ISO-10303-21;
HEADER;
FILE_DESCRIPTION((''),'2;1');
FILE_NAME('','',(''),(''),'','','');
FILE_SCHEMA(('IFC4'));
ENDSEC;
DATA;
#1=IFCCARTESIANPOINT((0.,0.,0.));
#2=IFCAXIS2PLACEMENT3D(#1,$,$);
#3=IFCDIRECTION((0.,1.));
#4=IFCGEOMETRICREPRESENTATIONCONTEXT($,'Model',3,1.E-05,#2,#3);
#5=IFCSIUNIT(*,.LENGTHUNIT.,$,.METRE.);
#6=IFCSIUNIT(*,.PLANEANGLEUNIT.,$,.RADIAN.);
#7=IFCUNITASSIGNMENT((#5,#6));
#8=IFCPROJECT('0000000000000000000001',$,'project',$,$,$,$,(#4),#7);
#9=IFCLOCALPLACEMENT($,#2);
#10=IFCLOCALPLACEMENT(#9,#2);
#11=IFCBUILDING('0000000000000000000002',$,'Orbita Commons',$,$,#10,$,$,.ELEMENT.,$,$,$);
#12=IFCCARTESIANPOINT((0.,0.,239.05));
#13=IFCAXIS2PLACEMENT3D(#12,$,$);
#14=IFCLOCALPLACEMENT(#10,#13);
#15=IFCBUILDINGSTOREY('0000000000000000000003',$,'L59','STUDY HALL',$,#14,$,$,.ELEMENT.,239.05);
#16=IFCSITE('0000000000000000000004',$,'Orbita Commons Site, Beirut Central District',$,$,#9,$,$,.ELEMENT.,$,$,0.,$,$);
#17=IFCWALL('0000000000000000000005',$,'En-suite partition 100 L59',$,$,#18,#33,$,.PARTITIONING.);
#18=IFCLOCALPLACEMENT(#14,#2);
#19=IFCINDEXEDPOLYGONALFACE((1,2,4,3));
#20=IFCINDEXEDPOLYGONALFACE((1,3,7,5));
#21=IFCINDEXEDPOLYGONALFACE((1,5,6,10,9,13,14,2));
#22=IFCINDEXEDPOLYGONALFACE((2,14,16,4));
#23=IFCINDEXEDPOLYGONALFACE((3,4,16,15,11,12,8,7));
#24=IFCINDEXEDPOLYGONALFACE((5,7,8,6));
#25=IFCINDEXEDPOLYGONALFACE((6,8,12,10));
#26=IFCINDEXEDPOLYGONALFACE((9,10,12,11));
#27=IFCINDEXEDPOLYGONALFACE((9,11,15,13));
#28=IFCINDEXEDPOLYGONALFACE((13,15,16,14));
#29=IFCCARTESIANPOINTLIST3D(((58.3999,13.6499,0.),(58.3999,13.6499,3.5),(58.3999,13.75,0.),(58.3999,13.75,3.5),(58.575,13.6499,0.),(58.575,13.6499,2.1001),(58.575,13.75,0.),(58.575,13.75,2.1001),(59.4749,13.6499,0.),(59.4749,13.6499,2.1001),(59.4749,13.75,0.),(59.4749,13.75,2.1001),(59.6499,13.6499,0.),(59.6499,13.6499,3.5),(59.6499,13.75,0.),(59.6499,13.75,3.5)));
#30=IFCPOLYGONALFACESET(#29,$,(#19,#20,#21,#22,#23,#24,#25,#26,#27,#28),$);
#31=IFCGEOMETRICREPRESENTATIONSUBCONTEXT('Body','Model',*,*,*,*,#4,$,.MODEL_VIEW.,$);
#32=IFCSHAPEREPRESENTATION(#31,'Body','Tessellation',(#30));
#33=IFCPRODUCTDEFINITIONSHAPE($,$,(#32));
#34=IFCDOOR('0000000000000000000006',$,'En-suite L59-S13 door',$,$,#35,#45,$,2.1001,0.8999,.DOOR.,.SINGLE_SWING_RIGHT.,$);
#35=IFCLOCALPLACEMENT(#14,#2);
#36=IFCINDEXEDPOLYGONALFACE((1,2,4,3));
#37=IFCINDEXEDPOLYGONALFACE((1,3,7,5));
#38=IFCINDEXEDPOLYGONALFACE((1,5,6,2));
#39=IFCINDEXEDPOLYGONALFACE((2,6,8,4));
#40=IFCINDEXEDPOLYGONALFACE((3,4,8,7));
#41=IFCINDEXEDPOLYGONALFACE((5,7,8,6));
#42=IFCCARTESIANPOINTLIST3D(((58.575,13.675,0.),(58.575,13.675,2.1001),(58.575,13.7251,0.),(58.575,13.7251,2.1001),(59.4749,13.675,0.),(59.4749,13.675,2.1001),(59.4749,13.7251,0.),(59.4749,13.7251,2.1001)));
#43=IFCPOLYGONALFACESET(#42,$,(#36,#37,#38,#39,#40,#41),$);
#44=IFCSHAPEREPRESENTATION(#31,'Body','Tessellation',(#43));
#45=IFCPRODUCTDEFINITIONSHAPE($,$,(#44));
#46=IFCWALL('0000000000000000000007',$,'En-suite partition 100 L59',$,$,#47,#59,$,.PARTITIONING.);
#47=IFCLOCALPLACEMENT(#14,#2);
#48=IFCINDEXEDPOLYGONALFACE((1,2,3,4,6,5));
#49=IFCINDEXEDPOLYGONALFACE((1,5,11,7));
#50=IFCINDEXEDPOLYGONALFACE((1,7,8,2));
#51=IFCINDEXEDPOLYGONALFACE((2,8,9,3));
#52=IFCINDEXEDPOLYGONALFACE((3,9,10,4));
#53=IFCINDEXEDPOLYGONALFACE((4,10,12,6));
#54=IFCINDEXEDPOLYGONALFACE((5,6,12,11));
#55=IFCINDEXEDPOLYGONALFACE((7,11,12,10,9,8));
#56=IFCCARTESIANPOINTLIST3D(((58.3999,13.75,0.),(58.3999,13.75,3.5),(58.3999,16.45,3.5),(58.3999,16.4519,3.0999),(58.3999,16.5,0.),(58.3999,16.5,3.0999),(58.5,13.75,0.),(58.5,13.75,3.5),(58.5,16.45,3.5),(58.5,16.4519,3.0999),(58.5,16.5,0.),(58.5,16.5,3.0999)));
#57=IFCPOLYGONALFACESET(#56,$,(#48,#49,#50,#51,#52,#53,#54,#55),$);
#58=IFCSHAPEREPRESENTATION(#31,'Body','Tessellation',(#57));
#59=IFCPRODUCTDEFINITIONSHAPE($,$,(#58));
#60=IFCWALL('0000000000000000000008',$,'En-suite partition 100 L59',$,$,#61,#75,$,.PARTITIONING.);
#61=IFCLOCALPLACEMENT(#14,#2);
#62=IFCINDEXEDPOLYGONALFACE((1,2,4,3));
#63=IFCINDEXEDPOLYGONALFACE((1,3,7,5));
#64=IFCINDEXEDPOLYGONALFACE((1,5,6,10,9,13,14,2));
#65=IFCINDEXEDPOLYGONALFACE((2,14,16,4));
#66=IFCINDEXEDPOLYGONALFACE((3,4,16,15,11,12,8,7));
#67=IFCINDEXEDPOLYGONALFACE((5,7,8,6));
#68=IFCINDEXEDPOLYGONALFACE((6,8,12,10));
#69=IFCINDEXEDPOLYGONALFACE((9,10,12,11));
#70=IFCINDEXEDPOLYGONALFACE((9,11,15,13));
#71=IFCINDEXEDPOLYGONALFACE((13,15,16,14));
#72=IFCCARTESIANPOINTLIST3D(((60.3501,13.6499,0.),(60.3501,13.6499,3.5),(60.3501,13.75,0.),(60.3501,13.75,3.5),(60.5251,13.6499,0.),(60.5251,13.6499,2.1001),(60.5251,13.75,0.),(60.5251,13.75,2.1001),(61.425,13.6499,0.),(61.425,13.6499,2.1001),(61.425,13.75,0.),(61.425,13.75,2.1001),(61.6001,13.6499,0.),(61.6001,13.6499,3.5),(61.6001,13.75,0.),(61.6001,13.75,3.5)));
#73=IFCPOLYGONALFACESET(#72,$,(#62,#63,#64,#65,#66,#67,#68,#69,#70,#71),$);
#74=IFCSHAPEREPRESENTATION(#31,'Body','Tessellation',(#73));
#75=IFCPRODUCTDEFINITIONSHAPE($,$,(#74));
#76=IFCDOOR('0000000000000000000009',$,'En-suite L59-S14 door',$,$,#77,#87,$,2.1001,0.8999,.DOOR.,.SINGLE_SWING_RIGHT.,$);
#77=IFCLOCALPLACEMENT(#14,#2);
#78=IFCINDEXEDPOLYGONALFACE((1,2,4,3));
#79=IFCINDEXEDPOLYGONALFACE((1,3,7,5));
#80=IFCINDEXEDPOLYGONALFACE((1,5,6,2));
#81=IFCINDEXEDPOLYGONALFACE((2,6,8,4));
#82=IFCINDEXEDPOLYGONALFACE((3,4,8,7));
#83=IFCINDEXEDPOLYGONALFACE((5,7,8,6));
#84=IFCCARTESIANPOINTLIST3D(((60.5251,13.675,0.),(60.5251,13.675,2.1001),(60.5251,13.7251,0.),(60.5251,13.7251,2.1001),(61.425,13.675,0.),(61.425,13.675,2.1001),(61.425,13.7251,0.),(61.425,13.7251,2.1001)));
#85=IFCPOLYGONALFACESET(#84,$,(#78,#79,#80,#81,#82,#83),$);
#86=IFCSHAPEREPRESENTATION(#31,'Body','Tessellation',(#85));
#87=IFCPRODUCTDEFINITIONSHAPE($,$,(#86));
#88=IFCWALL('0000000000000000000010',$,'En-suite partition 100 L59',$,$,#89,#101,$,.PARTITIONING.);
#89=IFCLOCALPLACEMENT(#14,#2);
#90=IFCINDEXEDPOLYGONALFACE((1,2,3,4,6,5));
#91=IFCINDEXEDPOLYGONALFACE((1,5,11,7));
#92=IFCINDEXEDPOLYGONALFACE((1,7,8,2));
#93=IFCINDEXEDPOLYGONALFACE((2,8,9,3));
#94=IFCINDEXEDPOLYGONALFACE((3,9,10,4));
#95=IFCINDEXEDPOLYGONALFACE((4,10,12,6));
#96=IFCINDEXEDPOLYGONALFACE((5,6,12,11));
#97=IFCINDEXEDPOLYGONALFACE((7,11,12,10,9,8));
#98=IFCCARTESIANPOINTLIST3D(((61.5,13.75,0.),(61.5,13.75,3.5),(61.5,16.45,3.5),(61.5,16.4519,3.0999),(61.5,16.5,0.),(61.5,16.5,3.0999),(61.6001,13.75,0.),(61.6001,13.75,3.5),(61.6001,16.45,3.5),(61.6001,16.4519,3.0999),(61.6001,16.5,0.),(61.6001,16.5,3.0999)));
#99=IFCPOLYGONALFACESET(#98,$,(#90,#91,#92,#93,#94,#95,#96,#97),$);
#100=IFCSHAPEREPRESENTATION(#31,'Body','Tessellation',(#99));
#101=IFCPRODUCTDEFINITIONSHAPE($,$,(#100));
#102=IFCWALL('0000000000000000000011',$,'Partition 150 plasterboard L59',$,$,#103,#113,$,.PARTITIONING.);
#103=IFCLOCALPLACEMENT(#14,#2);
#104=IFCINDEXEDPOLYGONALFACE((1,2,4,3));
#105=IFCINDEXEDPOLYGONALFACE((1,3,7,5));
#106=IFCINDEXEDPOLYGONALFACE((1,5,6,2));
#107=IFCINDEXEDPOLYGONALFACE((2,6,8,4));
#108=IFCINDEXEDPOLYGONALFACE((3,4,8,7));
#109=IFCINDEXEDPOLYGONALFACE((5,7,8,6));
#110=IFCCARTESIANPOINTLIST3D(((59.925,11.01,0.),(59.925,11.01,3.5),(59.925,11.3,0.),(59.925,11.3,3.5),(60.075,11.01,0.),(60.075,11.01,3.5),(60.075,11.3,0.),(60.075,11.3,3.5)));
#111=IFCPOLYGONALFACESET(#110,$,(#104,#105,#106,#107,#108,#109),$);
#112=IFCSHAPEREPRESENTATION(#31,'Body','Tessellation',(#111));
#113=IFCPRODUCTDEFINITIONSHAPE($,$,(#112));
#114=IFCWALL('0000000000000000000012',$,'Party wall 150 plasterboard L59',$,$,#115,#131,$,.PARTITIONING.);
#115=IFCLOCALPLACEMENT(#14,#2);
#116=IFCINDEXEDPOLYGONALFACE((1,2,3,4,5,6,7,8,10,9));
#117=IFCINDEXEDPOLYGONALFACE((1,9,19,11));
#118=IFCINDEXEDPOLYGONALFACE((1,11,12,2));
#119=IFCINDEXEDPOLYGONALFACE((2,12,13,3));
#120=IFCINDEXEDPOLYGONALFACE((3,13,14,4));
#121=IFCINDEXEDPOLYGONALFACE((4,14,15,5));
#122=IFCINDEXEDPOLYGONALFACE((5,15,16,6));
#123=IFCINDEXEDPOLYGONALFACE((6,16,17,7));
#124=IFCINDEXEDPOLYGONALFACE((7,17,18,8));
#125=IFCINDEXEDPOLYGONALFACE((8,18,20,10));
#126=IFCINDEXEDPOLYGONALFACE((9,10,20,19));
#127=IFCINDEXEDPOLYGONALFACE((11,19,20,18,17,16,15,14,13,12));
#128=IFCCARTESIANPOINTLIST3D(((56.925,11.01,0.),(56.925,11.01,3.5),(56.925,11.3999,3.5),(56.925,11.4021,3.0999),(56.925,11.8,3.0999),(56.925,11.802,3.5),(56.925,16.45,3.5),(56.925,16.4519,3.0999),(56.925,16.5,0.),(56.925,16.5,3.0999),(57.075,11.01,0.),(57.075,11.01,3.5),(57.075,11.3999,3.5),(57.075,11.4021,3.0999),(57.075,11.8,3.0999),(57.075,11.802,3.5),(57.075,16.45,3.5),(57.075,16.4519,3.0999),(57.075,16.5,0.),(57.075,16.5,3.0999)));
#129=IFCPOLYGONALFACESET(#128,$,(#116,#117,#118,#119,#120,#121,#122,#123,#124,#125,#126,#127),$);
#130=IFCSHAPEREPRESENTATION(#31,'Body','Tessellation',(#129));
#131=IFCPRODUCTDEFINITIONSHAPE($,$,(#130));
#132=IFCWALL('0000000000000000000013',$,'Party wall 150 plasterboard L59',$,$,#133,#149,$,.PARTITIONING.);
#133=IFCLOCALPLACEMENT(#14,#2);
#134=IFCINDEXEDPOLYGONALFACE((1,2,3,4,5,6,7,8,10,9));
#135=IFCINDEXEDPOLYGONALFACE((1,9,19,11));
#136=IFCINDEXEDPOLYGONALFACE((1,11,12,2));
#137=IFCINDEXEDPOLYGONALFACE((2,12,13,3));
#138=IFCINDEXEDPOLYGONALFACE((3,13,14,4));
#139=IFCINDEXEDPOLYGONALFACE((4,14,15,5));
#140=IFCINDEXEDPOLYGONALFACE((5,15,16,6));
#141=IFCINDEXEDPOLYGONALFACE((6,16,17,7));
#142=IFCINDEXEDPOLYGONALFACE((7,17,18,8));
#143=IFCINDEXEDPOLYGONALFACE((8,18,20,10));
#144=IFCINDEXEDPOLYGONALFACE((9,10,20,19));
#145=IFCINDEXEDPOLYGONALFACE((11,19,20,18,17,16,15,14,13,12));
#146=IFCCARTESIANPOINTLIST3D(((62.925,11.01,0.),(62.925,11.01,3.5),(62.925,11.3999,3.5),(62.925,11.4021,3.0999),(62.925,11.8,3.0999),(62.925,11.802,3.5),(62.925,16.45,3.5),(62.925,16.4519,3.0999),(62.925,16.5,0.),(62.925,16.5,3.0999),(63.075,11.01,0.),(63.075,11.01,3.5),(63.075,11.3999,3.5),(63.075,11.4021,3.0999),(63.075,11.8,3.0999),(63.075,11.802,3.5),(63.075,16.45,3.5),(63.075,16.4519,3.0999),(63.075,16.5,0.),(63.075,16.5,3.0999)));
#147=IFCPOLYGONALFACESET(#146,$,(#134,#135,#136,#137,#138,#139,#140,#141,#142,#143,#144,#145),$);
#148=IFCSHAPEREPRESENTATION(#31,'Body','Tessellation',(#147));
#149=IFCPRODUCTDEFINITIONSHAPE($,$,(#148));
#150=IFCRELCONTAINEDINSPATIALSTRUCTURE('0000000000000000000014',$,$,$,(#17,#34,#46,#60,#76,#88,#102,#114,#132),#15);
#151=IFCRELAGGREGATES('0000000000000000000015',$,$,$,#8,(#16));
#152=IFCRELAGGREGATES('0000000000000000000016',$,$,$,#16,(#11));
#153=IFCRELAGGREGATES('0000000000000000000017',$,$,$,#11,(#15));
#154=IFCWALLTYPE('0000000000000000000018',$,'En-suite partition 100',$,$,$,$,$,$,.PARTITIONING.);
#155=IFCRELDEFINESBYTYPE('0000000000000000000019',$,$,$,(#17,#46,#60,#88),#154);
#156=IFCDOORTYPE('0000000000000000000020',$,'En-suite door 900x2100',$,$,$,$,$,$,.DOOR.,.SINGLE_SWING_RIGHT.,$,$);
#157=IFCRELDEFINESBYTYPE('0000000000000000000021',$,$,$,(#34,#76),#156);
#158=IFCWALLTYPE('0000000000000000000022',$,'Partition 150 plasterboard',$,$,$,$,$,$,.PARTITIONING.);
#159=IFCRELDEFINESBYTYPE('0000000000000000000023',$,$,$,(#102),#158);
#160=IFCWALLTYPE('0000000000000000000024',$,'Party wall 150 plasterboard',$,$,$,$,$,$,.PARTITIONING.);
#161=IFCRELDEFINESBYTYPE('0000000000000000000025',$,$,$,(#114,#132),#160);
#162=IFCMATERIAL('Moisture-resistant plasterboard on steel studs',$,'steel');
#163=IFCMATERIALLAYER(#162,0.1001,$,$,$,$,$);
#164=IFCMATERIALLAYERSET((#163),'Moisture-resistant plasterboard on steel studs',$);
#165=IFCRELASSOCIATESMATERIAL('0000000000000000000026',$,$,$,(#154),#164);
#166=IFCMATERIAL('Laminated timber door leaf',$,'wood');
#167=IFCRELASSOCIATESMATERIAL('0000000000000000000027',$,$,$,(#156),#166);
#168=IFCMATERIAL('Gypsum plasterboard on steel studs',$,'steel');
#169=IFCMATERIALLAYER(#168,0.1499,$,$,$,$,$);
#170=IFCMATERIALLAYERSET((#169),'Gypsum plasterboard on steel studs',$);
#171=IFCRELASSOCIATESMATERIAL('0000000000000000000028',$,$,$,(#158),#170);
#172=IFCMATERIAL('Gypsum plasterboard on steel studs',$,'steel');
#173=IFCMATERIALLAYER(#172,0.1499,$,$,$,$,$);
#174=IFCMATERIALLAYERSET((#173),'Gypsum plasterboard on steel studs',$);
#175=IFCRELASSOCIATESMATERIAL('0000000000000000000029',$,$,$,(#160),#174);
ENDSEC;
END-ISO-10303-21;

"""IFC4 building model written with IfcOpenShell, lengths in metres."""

from ifc_helpers import new_model, si_unit, direction, frame, frame_2d, origin, place, context, subcontext, project, spatial, polyline, rectangle, outline, extrude, material, layer, layer_set, type_object, element, fill, save


model = new_model("IFC4")

# Units and contexts
model_context = context("Model", 3, precision=1e-05, world=origin(), true_north=direction((0.0, 1.0)))
body_context = subcontext(model_context, "Body", "Model", "MODEL_VIEW")
ifc_project = project(units=[si_unit("LENGTHUNIT", "METRE"), si_unit("PLANEANGLEUNIT", "RADIAN")], contexts=[model_context])

# Site, building, storey
site_placement = place(None, origin())
site = spatial("IfcSite", under=ifc_project, at=site_placement, Name="Orbita Commons Site, Beirut Central District", CompositionType="ELEMENT", RefElevation=0.0)
building_placement = place(site_placement, origin())
building = spatial("IfcBuilding", under=site, at=building_placement, Name="Orbita Commons", CompositionType="ELEMENT")
storey_placement = place(building_placement, frame((0.0, 0.0, 239.05)))
storey = spatial("IfcBuildingStorey", under=building, at=storey_placement, Name="L59", Description="STUDY HALL", CompositionType="ELEMENT", Elevation=239.05)

# Wall, opening, door
ifc_material_1 = material(Name="Moisture-resistant plasterboard on steel studs", Category="steel")
ifc_layer_1 = layer(ifc_material_1, 0.1001)
ifc_layer_set_1 = layer_set([ifc_layer_1], Name="Moisture-resistant plasterboard on steel studs")
wall_type_1 = type_object("IfcWallType", Name="En-suite partition 100", PredefinedType="PARTITIONING", material=ifc_layer_set_1)
wall_1_placement = place(storey_placement, frame((59.6499, 13.7, 0.0), z_axis=(0.0, 0.0, 1.0), x_axis=(-1.0, 0.0, 0.0)))
wall_1 = element("IfcWall", 1, at=wall_1_placement, inside=storey, type_object=wall_type_1, Name="En-suite partition 100 L59", PredefinedType="PARTITIONING", context=body_context, shape_type="SweptSolid", body=[
    extrude(rectangle(XDim=1.25, YDim=0.1001, at=frame_2d((0.625, 0.0))), origin(), (0.0, 0.0, 1.0), 3.5),
])
opening_1_placement = place(wall_1_placement, frame((0.175, 0.0, 0.0)))
opening_1 = element("IfcOpeningElement", 2, at=opening_1_placement, cuts=wall_1, PredefinedType="OPENING", context=body_context, shape_type="SweptSolid", body=[
    extrude(rectangle(XDim=0.8999, YDim=2.1001, at=frame_2d((0.45, 1.05))), frame((0.0, 0.0601, 0.0), z_axis=(0.0, -1.0, 0.0), x_axis=(1.0, 0.0, 0.0)), (0.0, 0.0, 1.0), 0.1201),
])
ifc_material_2 = material(Name="Laminated timber door leaf", Category="wood")
door_type_1 = type_object("IfcDoorType", Name="En-suite door 900x2100", OperationType="SINGLE_SWING_RIGHT", PredefinedType="DOOR", material=ifc_material_2)
door_1_placement = place(opening_1_placement, origin())
door_1 = element("IfcDoor", 3, at=door_1_placement, inside=storey, type_object=door_type_1, Name="En-suite L59-S13 door", OperationType="SINGLE_SWING_RIGHT", OverallHeight=2.1001, OverallWidth=0.8999, PredefinedType="DOOR", context=body_context, shape_type="SweptSolid", body=[
    extrude(rectangle(XDim=0.8999, YDim=2.1001, at=frame_2d((0.45, 1.05))), frame((0.0, 0.0249, 0.0), z_axis=(0.0, -1.0, 0.0), x_axis=(1.0, 0.0, 0.0)), (0.0, 0.0, 1.0), 0.05),
])
fill(opening_1, door_1)

# Wall
wall_2_placement = place(storey_placement, frame((58.45, 13.75, 0.0), z_axis=(0.0, 0.0, 1.0), x_axis=(0.0, 1.0, 0.0)))
element("IfcWall", 4, at=wall_2_placement, inside=storey, type_object=wall_type_1, Name="En-suite partition 100 L59", PredefinedType="PARTITIONING", context=body_context, shape_type="SweptSolid", body=[
    extrude(outline(polyline([(0.0, 0.0), (2.75, 0.0), (2.75, 3.0999), (2.7019, 3.0999), (2.7, 3.5), (0.0, 3.5), (0.0, 0.0)])), frame((0.0, 0.05, 0.0), z_axis=(0.0, -1.0, 0.0), x_axis=(1.0, 0.0, 0.0)), (0.0, 0.0, 1.0), 0.1001),
])

# Wall, opening, door
wall_3_placement = place(storey_placement, frame((61.6001, 13.7, 0.0), z_axis=(0.0, 0.0, 1.0), x_axis=(-1.0, 0.0, 0.0)))
wall_3 = element("IfcWall", 5, at=wall_3_placement, inside=storey, type_object=wall_type_1, Name="En-suite partition 100 L59", PredefinedType="PARTITIONING", context=body_context, shape_type="SweptSolid", body=[
    extrude(rectangle(XDim=1.25, YDim=0.1001, at=frame_2d((0.625, 0.0))), origin(), (0.0, 0.0, 1.0), 3.5),
])
opening_2_placement = place(wall_3_placement, frame((0.175, 0.0, 0.0)))
opening_2 = element("IfcOpeningElement", 6, at=opening_2_placement, cuts=wall_3, PredefinedType="OPENING", context=body_context, shape_type="SweptSolid", body=[
    extrude(rectangle(XDim=0.8999, YDim=2.1001, at=frame_2d((0.45, 1.05))), frame((0.0, 0.0601, 0.0), z_axis=(0.0, -1.0, 0.0), x_axis=(1.0, 0.0, 0.0)), (0.0, 0.0, 1.0), 0.1201),
])
door_2_placement = place(opening_2_placement, origin())
door_2 = element("IfcDoor", 7, at=door_2_placement, inside=storey, type_object=door_type_1, Name="En-suite L59-S14 door", OperationType="SINGLE_SWING_RIGHT", OverallHeight=2.1001, OverallWidth=0.8999, PredefinedType="DOOR", context=body_context, shape_type="SweptSolid", body=[
    extrude(rectangle(XDim=0.8999, YDim=2.1001, at=frame_2d((0.45, 1.05))), frame((0.0, 0.0249, 0.0), z_axis=(0.0, -1.0, 0.0), x_axis=(1.0, 0.0, 0.0)), (0.0, 0.0, 1.0), 0.05),
])
fill(opening_2, door_2)

# Walls
wall_4_placement = place(storey_placement, frame((61.55, 13.75, 0.0), z_axis=(0.0, 0.0, 1.0), x_axis=(0.0, 1.0, 0.0)))
element("IfcWall", 8, at=wall_4_placement, inside=storey, type_object=wall_type_1, Name="En-suite partition 100 L59", PredefinedType="PARTITIONING", context=body_context, shape_type="SweptSolid", body=[
    extrude(outline(polyline([(0.0, 0.0), (2.75, 0.0), (2.75, 3.0999), (2.7019, 3.0999), (2.7, 3.5), (0.0, 3.5), (0.0, 0.0)])), frame((0.0, 0.05, 0.0), z_axis=(0.0, -1.0, 0.0), x_axis=(1.0, 0.0, 0.0)), (0.0, 0.0, 1.0), 0.1001),
])
ifc_material_3 = material(Name="Gypsum plasterboard on steel studs", Category="steel")
ifc_layer_2 = layer(ifc_material_3, 0.1499)
ifc_layer_set_2 = layer_set([ifc_layer_2], Name="Gypsum plasterboard on steel studs")
wall_type_2 = type_object("IfcWallType", Name="Partition 150 plasterboard", PredefinedType="PARTITIONING", material=ifc_layer_set_2)
wall_5_placement = place(storey_placement, frame((60.0, 11.3, 0.0), z_axis=(0.0, 0.0, 1.0), x_axis=(0.0, -1.0, 0.0)))
element("IfcWall", 9, at=wall_5_placement, inside=storey, type_object=wall_type_2, Name="Partition 150 plasterboard L59", PredefinedType="PARTITIONING", context=body_context, shape_type="SweptSolid", body=[
    extrude(rectangle(XDim=0.29, YDim=0.1499, at=frame_2d((0.145, 0.0))), origin(), (0.0, 0.0, 1.0), 3.5),
])
ifc_material_4 = material(Name="Gypsum plasterboard on steel studs", Category="steel")
ifc_layer_3 = layer(ifc_material_4, 0.1499)
ifc_layer_set_3 = layer_set([ifc_layer_3], Name="Gypsum plasterboard on steel studs")
wall_type_3 = type_object("IfcWallType", Name="Party wall 150 plasterboard", PredefinedType="PARTITIONING", material=ifc_layer_set_3)
for number, where, z_axis, x_axis, name in (
    (10, (57.0, 11.01, 0.0), (0.0, 0.0, 1.0), (0.0, 1.0, 0.0), "Party wall 150 plasterboard L59"),
    (11, (63.0, 11.01, 0.0), (0.0, 0.0, 1.0), (0.0, 1.0, 0.0), "Party wall 150 plasterboard L59"),
):
    element("IfcWall", number, at=place(storey_placement, frame(where, z_axis=z_axis, x_axis=x_axis)), inside=storey, type_object=wall_type_3, Name=name, PredefinedType="PARTITIONING", context=body_context, shape_type="SweptSolid", body=[
        extrude(outline(polyline([(0.0, 0.0), (5.49, 0.0), (5.49, 3.0999), (5.4419, 3.0999), (5.4399, 3.5), (0.792, 3.5), (0.79, 3.0999), (0.3921, 3.0999), (0.3899, 3.5), (0.0, 3.5), (0.0, 0.0)])), frame((0.0, 0.075, 0.0), z_axis=(0.0, -1.0, 0.0), x_axis=(1.0, 0.0, 0.0)), (0.0, 0.0, 1.0), 0.1499),
    ])

save(model, "model.ifc")
